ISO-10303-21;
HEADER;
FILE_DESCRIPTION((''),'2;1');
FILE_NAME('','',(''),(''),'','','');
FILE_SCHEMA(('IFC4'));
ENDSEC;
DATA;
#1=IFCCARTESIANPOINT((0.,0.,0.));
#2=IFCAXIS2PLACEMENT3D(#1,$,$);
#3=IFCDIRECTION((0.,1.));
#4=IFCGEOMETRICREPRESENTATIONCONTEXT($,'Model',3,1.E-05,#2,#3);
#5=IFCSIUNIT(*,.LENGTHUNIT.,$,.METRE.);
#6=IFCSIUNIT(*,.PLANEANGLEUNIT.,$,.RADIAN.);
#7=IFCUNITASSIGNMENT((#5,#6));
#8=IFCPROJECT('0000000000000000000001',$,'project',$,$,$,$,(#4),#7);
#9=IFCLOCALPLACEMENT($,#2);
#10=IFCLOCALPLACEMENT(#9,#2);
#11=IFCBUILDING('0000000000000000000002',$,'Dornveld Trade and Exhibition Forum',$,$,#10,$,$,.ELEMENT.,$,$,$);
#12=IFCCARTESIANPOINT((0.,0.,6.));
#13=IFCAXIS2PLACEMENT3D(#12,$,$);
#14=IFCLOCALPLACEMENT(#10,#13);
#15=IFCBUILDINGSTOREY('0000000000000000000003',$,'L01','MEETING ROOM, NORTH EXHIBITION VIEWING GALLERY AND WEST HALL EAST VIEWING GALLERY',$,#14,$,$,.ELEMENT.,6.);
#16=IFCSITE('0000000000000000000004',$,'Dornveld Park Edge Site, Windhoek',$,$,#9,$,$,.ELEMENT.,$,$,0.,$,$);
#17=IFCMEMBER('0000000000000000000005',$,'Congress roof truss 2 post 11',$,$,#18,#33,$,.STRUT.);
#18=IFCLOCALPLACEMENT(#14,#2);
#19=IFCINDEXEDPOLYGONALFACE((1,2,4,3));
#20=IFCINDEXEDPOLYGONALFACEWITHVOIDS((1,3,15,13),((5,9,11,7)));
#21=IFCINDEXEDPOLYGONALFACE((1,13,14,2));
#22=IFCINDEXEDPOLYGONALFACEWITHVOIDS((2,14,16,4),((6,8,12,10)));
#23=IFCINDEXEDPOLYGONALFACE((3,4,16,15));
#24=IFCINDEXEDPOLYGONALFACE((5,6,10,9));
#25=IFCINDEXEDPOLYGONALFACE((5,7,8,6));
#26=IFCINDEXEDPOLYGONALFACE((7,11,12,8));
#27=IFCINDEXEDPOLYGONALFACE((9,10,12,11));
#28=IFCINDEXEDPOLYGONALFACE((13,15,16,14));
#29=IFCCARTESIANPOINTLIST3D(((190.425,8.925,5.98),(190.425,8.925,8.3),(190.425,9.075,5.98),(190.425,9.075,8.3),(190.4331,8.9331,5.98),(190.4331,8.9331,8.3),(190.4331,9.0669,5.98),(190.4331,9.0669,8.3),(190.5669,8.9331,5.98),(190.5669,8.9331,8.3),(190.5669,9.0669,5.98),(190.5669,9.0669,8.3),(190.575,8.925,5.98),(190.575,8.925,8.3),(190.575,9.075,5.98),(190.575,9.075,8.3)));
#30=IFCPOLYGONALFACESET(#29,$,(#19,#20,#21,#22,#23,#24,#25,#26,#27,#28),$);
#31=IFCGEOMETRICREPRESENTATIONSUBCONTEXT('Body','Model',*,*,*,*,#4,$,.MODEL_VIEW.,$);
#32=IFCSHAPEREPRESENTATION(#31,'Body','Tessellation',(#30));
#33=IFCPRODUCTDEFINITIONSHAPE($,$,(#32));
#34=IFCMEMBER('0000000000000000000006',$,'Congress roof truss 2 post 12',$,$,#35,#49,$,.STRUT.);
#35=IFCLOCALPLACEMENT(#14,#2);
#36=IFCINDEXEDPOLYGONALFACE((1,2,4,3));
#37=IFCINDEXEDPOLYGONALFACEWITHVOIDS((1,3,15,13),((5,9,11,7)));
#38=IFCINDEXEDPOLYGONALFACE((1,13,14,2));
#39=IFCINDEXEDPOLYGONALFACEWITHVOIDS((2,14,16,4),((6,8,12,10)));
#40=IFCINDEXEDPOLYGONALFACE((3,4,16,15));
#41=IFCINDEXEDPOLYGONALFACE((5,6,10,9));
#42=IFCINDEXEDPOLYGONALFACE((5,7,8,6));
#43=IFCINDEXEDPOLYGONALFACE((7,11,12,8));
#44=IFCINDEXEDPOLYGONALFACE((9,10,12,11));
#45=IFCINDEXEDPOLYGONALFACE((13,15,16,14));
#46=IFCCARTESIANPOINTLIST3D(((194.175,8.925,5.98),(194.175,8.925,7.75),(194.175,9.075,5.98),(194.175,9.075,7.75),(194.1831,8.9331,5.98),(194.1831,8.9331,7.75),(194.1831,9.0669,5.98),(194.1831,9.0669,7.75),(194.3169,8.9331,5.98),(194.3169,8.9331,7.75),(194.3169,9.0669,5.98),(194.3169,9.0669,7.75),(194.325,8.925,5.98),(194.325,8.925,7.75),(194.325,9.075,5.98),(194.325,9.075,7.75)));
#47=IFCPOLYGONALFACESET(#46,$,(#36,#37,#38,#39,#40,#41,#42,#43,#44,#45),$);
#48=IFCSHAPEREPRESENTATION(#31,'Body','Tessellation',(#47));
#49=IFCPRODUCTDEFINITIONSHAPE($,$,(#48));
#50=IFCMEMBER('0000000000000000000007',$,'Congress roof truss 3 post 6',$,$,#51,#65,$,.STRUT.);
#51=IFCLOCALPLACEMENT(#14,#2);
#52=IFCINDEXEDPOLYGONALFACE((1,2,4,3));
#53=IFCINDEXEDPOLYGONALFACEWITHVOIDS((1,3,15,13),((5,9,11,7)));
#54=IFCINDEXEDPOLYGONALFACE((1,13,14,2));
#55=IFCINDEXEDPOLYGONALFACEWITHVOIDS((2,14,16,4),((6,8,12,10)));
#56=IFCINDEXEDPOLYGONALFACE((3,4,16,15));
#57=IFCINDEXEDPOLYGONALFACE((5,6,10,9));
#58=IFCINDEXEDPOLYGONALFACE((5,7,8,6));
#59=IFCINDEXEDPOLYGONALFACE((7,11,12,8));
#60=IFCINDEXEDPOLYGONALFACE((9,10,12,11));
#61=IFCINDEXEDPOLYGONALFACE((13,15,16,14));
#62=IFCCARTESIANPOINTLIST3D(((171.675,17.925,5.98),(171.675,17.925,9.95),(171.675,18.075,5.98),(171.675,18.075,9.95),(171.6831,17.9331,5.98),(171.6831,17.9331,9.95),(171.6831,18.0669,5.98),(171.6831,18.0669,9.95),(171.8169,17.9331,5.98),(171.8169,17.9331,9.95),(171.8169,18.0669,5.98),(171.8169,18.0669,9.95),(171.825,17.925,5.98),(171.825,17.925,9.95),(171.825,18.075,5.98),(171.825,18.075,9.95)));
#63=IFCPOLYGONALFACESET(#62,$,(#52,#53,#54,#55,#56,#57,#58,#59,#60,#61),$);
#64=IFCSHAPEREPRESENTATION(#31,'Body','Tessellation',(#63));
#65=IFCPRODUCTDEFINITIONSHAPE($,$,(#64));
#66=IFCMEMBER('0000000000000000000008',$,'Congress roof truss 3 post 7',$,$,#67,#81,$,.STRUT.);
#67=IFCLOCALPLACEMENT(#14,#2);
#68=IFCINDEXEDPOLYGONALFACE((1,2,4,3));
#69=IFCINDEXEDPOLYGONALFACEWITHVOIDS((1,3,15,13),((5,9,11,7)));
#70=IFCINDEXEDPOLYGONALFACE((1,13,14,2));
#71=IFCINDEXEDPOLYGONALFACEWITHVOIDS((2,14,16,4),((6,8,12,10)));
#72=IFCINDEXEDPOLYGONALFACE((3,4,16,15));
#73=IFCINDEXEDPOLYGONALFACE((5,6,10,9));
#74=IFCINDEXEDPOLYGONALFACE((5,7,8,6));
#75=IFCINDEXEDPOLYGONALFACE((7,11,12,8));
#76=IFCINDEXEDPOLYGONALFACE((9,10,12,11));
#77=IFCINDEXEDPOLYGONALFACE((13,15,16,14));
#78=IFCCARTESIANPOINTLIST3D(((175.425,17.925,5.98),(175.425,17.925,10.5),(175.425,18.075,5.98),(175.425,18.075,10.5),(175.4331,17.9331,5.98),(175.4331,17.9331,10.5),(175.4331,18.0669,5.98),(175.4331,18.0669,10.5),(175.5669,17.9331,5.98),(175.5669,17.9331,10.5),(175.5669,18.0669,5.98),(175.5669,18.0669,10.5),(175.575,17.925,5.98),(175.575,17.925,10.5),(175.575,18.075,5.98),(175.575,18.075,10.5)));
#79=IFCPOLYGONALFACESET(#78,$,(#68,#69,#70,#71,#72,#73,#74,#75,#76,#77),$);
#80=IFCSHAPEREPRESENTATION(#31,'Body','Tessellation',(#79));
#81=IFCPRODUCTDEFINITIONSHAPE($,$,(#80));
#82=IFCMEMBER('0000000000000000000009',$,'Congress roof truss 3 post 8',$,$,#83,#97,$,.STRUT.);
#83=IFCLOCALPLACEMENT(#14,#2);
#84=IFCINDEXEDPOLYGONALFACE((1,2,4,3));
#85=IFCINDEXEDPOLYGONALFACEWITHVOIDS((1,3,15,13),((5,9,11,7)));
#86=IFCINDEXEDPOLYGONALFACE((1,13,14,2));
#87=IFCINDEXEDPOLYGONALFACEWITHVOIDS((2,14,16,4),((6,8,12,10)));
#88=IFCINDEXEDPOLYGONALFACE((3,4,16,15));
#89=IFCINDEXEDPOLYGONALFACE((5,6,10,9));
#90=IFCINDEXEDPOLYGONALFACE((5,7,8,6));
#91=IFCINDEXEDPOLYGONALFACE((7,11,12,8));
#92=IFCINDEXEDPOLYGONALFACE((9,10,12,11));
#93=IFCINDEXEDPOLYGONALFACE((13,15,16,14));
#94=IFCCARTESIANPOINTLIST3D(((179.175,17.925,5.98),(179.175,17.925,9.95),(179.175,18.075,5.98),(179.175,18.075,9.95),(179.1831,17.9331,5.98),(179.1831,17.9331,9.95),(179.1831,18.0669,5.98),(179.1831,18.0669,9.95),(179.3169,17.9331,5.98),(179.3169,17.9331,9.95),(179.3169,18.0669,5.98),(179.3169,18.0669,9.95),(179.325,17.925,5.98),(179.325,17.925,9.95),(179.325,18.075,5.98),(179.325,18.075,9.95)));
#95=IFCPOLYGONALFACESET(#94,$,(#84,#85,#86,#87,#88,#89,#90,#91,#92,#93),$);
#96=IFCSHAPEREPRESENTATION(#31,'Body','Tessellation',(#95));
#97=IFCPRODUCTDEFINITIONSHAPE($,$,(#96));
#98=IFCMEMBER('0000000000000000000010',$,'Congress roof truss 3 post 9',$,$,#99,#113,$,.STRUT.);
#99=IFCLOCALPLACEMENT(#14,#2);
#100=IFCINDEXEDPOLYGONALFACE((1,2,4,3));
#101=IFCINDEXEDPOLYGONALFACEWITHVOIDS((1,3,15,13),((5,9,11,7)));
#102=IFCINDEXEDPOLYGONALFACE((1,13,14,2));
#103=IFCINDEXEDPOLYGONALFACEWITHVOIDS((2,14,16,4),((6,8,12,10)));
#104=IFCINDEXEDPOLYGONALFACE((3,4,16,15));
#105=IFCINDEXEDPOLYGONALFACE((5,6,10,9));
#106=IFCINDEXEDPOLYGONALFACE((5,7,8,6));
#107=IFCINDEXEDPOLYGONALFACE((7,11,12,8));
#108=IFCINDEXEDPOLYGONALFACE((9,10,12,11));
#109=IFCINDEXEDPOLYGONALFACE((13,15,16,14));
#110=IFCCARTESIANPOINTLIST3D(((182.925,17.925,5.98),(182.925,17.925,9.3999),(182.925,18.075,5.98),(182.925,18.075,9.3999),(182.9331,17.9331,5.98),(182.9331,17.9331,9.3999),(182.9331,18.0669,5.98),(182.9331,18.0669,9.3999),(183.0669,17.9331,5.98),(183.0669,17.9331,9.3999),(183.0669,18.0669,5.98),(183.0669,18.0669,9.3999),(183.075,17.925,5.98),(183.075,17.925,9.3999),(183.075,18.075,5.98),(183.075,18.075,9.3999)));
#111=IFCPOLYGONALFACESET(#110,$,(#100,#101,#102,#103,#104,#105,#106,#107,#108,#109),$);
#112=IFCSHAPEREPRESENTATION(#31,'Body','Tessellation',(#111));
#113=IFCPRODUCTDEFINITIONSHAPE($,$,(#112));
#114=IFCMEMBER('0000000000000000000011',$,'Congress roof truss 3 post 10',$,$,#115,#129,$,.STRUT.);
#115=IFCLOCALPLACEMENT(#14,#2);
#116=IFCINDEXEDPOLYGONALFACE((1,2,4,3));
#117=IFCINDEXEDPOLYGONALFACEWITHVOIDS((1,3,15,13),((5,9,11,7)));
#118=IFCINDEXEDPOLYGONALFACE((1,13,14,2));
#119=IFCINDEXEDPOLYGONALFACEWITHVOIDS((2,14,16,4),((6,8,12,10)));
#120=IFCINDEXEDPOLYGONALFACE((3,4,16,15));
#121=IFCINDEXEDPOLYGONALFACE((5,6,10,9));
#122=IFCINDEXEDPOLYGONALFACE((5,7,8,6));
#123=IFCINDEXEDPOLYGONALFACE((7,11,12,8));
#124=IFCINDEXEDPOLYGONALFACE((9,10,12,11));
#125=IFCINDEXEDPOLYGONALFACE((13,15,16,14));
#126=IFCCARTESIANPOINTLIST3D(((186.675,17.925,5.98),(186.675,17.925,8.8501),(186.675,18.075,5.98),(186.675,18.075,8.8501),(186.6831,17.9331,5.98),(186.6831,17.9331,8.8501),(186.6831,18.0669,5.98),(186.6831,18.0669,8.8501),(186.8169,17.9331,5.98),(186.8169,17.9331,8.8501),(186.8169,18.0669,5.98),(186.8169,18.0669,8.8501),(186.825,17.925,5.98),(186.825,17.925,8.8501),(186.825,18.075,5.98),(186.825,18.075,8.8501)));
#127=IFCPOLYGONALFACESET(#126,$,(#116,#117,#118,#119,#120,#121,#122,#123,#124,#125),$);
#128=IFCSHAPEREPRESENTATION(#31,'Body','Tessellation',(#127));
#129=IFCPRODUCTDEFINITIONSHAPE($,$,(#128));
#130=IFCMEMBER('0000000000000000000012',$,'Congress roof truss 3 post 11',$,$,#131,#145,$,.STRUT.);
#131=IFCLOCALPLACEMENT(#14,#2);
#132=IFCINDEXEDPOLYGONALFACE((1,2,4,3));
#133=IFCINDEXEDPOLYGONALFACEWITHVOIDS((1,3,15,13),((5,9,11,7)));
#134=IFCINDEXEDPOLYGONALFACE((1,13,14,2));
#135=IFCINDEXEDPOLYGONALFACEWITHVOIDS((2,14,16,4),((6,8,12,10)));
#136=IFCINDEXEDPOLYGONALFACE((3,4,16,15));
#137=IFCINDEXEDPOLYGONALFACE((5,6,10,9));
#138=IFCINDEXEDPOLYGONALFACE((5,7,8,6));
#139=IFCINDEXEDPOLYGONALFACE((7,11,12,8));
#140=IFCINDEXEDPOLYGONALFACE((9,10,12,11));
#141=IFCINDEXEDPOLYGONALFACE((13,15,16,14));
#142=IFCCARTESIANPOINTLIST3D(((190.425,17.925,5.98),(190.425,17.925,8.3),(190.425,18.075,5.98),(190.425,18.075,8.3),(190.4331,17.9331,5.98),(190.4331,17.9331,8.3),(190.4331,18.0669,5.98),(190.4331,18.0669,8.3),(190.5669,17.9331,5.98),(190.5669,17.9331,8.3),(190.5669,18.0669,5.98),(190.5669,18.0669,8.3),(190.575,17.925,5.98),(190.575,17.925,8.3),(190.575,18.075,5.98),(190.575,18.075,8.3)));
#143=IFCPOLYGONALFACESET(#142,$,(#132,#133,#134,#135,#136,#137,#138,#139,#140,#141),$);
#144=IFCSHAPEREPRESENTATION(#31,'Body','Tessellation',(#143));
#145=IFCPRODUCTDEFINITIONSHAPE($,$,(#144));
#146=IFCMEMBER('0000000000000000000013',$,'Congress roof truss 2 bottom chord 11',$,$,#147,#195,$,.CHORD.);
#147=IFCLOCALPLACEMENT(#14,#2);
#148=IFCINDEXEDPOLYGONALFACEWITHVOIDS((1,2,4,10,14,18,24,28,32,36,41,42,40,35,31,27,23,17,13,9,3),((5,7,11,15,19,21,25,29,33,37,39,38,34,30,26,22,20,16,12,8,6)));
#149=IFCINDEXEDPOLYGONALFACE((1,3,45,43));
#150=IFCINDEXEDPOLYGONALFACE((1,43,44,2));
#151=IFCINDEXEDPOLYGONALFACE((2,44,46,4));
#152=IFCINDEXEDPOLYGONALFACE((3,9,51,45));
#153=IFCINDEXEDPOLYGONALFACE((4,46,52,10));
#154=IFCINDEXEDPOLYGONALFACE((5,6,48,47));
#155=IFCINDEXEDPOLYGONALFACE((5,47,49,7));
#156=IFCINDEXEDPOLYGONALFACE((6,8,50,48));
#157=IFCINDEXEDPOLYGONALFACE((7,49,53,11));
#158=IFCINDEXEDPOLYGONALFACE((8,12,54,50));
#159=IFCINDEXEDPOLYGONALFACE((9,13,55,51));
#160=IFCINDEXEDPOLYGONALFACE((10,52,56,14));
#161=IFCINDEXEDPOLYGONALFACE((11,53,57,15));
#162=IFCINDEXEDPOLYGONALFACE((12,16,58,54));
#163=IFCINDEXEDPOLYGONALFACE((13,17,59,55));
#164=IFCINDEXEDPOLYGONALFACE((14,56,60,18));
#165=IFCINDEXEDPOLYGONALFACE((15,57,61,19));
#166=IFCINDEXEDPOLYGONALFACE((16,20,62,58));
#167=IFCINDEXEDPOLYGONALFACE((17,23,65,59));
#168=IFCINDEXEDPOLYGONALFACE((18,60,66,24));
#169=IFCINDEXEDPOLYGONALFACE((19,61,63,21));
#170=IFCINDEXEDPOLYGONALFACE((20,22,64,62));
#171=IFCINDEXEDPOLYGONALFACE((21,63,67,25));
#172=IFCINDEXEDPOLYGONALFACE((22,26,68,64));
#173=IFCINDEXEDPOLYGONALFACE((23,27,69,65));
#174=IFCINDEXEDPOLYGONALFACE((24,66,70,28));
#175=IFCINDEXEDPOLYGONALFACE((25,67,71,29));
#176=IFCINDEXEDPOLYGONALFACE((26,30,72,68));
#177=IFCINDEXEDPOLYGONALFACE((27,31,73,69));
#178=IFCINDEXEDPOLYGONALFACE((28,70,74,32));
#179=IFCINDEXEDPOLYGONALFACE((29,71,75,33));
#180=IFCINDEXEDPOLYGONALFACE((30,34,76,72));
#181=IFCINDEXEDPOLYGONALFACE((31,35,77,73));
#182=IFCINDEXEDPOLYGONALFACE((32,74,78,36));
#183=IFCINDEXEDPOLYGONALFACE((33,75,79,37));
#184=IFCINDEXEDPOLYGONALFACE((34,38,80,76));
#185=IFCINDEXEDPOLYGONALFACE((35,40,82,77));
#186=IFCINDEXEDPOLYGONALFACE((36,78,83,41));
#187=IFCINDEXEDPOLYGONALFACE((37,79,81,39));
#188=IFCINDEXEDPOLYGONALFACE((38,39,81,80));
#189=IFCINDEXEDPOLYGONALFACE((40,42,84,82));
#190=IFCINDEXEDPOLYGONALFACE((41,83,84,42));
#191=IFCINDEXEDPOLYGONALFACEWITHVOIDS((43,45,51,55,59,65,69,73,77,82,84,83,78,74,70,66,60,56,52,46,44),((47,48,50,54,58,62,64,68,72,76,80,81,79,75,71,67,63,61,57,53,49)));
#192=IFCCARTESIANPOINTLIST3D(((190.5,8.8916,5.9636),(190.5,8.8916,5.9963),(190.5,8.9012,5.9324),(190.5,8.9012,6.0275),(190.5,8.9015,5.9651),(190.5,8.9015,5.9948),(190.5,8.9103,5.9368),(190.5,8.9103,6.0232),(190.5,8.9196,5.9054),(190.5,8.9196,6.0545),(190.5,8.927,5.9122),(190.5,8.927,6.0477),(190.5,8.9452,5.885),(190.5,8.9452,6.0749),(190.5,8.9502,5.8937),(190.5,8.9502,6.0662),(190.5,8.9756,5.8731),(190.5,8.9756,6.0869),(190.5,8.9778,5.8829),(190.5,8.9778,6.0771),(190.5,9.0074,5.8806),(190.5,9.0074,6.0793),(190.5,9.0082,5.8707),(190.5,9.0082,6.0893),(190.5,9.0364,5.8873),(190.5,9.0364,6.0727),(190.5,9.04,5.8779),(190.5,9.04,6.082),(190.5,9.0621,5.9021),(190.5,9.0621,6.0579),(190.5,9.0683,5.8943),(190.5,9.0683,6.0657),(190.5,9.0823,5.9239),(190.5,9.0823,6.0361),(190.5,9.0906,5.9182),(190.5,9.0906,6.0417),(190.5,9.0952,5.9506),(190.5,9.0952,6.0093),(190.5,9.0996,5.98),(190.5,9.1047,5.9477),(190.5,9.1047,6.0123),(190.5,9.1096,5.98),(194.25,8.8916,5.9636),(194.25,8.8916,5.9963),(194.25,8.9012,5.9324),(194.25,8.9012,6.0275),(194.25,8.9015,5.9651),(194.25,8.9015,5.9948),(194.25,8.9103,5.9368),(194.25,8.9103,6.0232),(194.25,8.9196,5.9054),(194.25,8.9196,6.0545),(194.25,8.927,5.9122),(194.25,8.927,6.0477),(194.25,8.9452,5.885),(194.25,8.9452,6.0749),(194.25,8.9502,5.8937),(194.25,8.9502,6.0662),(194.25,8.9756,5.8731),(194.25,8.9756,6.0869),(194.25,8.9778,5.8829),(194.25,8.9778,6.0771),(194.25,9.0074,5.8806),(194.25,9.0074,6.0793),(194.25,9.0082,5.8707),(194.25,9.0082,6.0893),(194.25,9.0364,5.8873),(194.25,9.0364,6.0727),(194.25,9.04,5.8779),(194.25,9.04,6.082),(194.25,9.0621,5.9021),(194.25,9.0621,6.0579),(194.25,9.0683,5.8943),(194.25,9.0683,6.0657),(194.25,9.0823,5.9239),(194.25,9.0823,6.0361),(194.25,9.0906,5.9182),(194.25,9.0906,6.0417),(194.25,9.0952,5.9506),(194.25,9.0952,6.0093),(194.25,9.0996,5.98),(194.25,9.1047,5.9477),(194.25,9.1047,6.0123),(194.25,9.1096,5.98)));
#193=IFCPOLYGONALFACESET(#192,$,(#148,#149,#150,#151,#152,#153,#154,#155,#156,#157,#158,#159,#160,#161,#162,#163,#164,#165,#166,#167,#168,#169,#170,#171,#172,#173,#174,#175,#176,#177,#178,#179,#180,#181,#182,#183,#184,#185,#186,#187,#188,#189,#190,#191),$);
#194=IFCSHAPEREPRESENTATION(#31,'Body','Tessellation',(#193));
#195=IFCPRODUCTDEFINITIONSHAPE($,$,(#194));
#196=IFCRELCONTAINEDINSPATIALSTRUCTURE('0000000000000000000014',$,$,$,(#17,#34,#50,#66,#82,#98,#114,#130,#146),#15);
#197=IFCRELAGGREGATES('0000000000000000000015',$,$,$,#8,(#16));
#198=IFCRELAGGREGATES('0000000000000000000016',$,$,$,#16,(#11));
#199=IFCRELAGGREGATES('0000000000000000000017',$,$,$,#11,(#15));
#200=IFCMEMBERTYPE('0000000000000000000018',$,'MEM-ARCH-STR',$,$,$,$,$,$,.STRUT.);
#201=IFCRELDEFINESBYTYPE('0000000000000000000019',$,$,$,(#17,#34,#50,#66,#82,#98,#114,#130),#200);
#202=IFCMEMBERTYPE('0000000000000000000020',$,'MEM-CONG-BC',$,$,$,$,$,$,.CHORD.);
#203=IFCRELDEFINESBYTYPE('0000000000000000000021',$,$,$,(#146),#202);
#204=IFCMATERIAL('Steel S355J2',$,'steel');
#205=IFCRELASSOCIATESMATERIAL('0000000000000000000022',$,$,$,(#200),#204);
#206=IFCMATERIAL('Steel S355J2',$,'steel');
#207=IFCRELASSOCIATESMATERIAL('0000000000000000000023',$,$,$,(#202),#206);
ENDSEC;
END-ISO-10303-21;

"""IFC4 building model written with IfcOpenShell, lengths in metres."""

from ifc_helpers import new_model, si_unit, direction, frame, origin, origin_2d, place, context, subcontext, project, spatial, hollow_rectangle, hollow_circle, extrude, material, material_profile, profile_set, type_object, element, save


model = new_model("IFC4")

# Units and contexts
model_context = context("Model", 3, precision=1e-05, world=origin(), true_north=direction((0.0, 1.0)))
body_context = subcontext(model_context, "Body", "Model", "MODEL_VIEW")
ifc_project = project(units=[si_unit("LENGTHUNIT", "METRE"), si_unit("PLANEANGLEUNIT", "RADIAN")], contexts=[model_context])

# Site, building, storey
site_placement = place(None, origin())
site = spatial("IfcSite", under=ifc_project, at=site_placement, Name="Dornveld Park Edge Site, Windhoek", CompositionType="ELEMENT", RefElevation=0.0)
building_placement = place(site_placement, origin())
building = spatial("IfcBuilding", under=site, at=building_placement, Name="Dornveld Trade and Exhibition Forum", CompositionType="ELEMENT")
storey_placement = place(building_placement, frame((0.0, 0.0, 6.0)))
storey = spatial("IfcBuildingStorey", under=building, at=storey_placement, Name="L01", Description="MEETING ROOM, NORTH EXHIBITION VIEWING GALLERY AND WEST HALL EAST VIEWING GALLERY", CompositionType="ELEMENT", Elevation=6.0)

# Members
ifc_material_1 = material(Name="Steel S355J2", Category="steel")
ifc_material_profile_1 = material_profile(ifc_material_1, hollow_rectangle(XDim=0.1499, YDim=0.1499, WallThickness=0.0081, at=origin_2d()), Name="SHS 150x150x8")
ifc_profile_set_1 = profile_set([ifc_material_profile_1], Name="Steel S355J2")
member_type_1 = type_object("IfcMemberType", Name="MEM-ARCH-STR", PredefinedType="STRUT", material=ifc_profile_set_1)
member_1_placement = place(storey_placement, frame((190.5, 9.0, 5.98), z_axis=(0.0, 0.0, 1.0), x_axis=(1.0, 0.0, 0.0)))
element("IfcMember", 1, at=member_1_placement, inside=storey, type_object=member_type_1, Name="Congress roof truss 2 post 11", PredefinedType="STRUT", context=body_context, shape_type="SweptSolid", body=[
    extrude(hollow_rectangle(XDim=0.1499, YDim=0.1499, WallThickness=0.0081, at=origin_2d()), origin(), (0.0, 0.0, 1.0), 2.3201),
])
member_2_placement = place(storey_placement, frame((194.25, 9.0, 5.98), z_axis=(0.0, 0.0, 1.0), x_axis=(1.0, 0.0, 0.0)))
element("IfcMember", 2, at=member_2_placement, inside=storey, type_object=member_type_1, Name="Congress roof truss 2 post 12", PredefinedType="STRUT", context=body_context, shape_type="SweptSolid", body=[
    extrude(hollow_rectangle(XDim=0.1499, YDim=0.1499, WallThickness=0.0081, at=origin_2d()), origin(), (0.0, 0.0, 1.0), 1.77),
])
member_3_placement = place(storey_placement, frame((171.75, 18.0, 5.98), z_axis=(0.0, 0.0, 1.0), x_axis=(1.0, 0.0, 0.0)))
element("IfcMember", 3, at=member_3_placement, inside=storey, type_object=member_type_1, Name="Congress roof truss 3 post 6", PredefinedType="STRUT", context=body_context, shape_type="SweptSolid", body=[
    extrude(hollow_rectangle(XDim=0.1499, YDim=0.1499, WallThickness=0.0081, at=origin_2d()), origin(), (0.0, 0.0, 1.0), 3.97),
])
member_4_placement = place(storey_placement, frame((175.5, 18.0, 5.98), z_axis=(0.0, 0.0, 1.0), x_axis=(1.0, 0.0, 0.0)))
element("IfcMember", 4, at=member_4_placement, inside=storey, type_object=member_type_1, Name="Congress roof truss 3 post 7", PredefinedType="STRUT", context=body_context, shape_type="SweptSolid", body=[
    extrude(hollow_rectangle(XDim=0.1499, YDim=0.1499, WallThickness=0.0081, at=origin_2d()), origin(), (0.0, 0.0, 1.0), 4.52),
])
member_5_placement = place(storey_placement, frame((179.25, 18.0, 5.98), z_axis=(0.0, 0.0, 1.0), x_axis=(1.0, 0.0, 0.0)))
element("IfcMember", 5, at=member_5_placement, inside=storey, type_object=member_type_1, Name="Congress roof truss 3 post 8", PredefinedType="STRUT", context=body_context, shape_type="SweptSolid", body=[
    extrude(hollow_rectangle(XDim=0.1499, YDim=0.1499, WallThickness=0.0081, at=origin_2d()), origin(), (0.0, 0.0, 1.0), 3.97),
])
member_6_placement = place(storey_placement, frame((183.0, 18.0, 5.98), z_axis=(0.0, 0.0, 1.0), x_axis=(1.0, 0.0, 0.0)))
element("IfcMember", 6, at=member_6_placement, inside=storey, type_object=member_type_1, Name="Congress roof truss 3 post 9", PredefinedType="STRUT", context=body_context, shape_type="SweptSolid", body=[
    extrude(hollow_rectangle(XDim=0.1499, YDim=0.1499, WallThickness=0.0081, at=origin_2d()), origin(), (0.0, 0.0, 1.0), 3.4199),
])
member_7_placement = place(storey_placement, frame((186.75, 18.0, 5.98), z_axis=(0.0, 0.0, 1.0), x_axis=(1.0, 0.0, 0.0)))
element("IfcMember", 7, at=member_7_placement, inside=storey, type_object=member_type_1, Name="Congress roof truss 3 post 10", PredefinedType="STRUT", context=body_context, shape_type="SweptSolid", body=[
    extrude(hollow_rectangle(XDim=0.1499, YDim=0.1499, WallThickness=0.0081, at=origin_2d()), origin(), (0.0, 0.0, 1.0), 2.8701),
])
member_8_placement = place(storey_placement, frame((190.5, 18.0, 5.98), z_axis=(0.0, 0.0, 1.0), x_axis=(1.0, 0.0, 0.0)))
element("IfcMember", 8, at=member_8_placement, inside=storey, type_object=member_type_1, Name="Congress roof truss 3 post 11", PredefinedType="STRUT", context=body_context, shape_type="SweptSolid", body=[
    extrude(hollow_rectangle(XDim=0.1499, YDim=0.1499, WallThickness=0.0081, at=origin_2d()), origin(), (0.0, 0.0, 1.0), 2.3201),
])
ifc_material_2 = material(Name="Steel S355J2", Category="steel")
ifc_material_profile_2 = material_profile(ifc_material_2, hollow_circle(Radius=0.1096, WallThickness=0.01, at=origin_2d()), Name="CHS 219.1x10")
ifc_profile_set_2 = profile_set([ifc_material_profile_2], Name="Steel S355J2")
member_type_2 = type_object("IfcMemberType", Name="MEM-CONG-BC", PredefinedType="CHORD", material=ifc_profile_set_2)
for number, where, z_axis, x_axis, name in (
    (9, (190.5, 9.0, 5.98), (1.0, 0.0, 0.0), (0.0, 1.0, 0.0), "Congress roof truss 2 bottom chord 11"),
):
    element("IfcMember", number, at=place(storey_placement, frame(where, z_axis=z_axis, x_axis=x_axis)), inside=storey, type_object=member_type_2, Name=name, PredefinedType="CHORD", context=body_context, shape_type="SweptSolid", body=[
        extrude(hollow_circle(Radius=0.1096, WallThickness=0.01, at=origin_2d()), origin(), (0.0, 0.0, 1.0), 3.75),
    ])

save(model, "model.ifc")
